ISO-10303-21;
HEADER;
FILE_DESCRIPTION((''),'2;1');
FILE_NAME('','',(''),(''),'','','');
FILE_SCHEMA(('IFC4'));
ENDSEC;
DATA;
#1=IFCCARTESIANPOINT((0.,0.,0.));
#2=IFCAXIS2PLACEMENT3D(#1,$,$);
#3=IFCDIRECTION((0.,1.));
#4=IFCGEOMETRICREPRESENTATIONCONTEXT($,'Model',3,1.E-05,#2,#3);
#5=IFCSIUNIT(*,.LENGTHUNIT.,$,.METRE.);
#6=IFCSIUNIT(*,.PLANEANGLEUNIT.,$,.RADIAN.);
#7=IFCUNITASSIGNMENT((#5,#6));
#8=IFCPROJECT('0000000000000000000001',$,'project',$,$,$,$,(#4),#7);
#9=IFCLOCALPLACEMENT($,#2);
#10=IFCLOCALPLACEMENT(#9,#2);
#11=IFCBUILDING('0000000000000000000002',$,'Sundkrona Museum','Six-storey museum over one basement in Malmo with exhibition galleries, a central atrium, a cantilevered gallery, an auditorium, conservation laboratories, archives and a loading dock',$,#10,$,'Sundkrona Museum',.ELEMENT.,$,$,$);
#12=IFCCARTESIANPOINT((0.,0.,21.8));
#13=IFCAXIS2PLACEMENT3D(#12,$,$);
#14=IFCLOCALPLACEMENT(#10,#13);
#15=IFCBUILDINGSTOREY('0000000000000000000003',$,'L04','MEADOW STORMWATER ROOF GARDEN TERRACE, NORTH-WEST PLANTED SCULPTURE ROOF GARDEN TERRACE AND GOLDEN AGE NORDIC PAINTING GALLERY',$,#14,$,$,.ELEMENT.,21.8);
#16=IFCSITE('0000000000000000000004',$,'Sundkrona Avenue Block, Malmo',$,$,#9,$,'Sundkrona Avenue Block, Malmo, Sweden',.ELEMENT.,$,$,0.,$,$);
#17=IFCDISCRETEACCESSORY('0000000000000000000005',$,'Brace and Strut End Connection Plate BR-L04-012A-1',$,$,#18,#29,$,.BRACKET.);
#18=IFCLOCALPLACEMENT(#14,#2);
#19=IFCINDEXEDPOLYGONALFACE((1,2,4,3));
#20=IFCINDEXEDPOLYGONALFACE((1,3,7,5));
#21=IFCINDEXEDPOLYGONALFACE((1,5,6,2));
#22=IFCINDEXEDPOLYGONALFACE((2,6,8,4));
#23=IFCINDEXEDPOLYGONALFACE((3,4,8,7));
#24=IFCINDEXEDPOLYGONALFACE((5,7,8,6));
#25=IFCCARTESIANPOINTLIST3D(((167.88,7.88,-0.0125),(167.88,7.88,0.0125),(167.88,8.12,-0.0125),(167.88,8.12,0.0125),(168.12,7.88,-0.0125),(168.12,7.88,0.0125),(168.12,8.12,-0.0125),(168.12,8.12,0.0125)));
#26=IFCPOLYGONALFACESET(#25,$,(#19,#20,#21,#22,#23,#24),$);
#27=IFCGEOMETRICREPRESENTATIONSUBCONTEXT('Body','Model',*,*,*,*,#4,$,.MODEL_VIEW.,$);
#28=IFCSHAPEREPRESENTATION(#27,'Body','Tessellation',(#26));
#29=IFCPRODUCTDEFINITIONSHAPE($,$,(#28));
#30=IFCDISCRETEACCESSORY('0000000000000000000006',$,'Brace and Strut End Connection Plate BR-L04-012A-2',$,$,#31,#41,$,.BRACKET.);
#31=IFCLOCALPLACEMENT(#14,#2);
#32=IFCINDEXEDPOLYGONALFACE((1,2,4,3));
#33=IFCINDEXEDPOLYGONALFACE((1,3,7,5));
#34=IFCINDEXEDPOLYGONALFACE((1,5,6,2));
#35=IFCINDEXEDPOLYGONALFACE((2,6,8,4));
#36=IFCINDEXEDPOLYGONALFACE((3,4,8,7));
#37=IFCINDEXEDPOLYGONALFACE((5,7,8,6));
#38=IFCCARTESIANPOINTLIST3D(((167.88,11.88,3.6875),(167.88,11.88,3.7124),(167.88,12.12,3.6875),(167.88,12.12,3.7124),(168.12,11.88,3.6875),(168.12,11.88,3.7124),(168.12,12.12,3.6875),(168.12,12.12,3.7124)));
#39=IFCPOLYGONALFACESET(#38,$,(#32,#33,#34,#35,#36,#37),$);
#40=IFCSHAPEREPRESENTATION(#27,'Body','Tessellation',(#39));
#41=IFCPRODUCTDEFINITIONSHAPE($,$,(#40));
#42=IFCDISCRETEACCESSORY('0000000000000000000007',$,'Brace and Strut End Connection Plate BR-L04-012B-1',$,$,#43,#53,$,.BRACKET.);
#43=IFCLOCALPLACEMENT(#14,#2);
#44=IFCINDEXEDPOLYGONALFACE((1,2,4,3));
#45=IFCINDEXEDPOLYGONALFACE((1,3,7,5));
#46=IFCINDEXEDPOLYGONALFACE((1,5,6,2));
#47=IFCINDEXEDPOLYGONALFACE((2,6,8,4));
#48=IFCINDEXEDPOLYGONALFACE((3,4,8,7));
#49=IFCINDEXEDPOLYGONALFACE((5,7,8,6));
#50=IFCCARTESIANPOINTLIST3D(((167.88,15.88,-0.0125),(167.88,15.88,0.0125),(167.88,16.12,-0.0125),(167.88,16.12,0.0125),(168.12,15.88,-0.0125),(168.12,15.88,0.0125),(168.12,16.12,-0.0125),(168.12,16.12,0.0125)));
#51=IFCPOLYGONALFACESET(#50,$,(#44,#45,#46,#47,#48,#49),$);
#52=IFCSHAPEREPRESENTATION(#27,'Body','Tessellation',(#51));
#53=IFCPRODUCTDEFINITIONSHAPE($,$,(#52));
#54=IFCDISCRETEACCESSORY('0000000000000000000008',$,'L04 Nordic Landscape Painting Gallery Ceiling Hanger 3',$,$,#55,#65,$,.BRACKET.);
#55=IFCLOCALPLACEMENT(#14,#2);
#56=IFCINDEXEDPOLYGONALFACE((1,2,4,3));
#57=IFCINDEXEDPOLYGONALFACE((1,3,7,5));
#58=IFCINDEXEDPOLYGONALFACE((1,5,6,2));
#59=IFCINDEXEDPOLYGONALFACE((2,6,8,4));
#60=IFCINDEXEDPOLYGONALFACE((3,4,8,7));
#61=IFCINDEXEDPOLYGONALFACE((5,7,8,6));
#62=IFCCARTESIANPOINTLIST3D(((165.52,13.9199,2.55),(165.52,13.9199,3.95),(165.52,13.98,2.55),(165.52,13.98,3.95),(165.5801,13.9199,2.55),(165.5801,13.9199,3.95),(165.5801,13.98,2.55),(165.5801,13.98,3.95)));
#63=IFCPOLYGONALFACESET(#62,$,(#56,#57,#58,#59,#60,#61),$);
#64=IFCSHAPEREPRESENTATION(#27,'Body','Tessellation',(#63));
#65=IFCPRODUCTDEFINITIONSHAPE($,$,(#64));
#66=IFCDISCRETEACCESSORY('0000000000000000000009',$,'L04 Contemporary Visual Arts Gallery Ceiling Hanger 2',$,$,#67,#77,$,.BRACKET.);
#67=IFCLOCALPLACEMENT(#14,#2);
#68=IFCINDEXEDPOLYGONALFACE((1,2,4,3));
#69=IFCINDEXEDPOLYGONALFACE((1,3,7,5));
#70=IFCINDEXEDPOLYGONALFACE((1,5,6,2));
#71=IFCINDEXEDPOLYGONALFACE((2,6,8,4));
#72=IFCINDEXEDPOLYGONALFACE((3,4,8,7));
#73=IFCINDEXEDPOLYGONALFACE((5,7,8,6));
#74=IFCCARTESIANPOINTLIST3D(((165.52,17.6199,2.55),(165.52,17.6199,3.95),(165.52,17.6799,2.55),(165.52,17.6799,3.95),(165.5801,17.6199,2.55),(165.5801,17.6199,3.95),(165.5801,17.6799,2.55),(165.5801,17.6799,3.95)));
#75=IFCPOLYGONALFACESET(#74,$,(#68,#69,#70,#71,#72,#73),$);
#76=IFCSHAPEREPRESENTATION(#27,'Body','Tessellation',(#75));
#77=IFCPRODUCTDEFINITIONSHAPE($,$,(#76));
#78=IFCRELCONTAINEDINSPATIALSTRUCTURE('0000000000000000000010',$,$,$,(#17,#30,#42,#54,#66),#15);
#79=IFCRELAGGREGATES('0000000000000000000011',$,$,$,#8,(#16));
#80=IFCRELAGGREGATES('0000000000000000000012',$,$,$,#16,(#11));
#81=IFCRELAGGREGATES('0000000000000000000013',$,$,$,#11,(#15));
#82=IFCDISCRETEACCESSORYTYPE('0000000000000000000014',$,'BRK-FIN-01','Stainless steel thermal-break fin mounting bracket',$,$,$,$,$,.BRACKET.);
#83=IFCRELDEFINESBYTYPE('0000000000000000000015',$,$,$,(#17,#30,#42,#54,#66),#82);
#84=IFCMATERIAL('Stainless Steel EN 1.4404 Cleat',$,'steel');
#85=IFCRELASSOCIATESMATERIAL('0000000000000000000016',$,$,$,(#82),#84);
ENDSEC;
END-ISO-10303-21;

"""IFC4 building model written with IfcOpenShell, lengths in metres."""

from ifc_helpers import new_model, si_unit, direction, frame, origin, origin_2d, place, context, subcontext, project, spatial, rectangle, extrude, material, type_object, element, save


model = new_model("IFC4")

# Units and contexts
model_context = context("Model", 3, precision=1e-05, world=origin(), true_north=direction((0.0, 1.0)))
body_context = subcontext(model_context, "Body", "Model", "MODEL_VIEW")
ifc_project = project(units=[si_unit("LENGTHUNIT", "METRE"), si_unit("PLANEANGLEUNIT", "RADIAN")], contexts=[model_context])

# Site, building, storey
site_placement = place(None, origin())
site = spatial("IfcSite", under=ifc_project, at=site_placement, Name="Sundkrona Avenue Block, Malmo", LongName="Sundkrona Avenue Block, Malmo, Sweden", CompositionType="ELEMENT", RefElevation=0.0)
building_placement = place(site_placement, origin())
building = spatial("IfcBuilding", under=site, at=building_placement, Name="Sundkrona Museum", Description="Six-storey museum over one basement in Malmo with exhibition galleries, a central atrium, a cantilevered gallery, an auditorium, conservation laboratories, archives and a loading dock", LongName="Sundkrona Museum", CompositionType="ELEMENT")
storey_placement = place(building_placement, frame((0.0, 0.0, 21.8)))
storey = spatial("IfcBuildingStorey", under=building, at=storey_placement, Name="L04", Description="MEADOW STORMWATER ROOF GARDEN TERRACE, NORTH-WEST PLANTED SCULPTURE ROOF GARDEN TERRACE AND GOLDEN AGE NORDIC PAINTING GALLERY", CompositionType="ELEMENT", Elevation=21.8)

# Discrete accessories
ifc_material_1 = material(Name="Stainless Steel EN 1.4404 Cleat", Category="steel")
discrete_accessory_type = type_object("IfcDiscreteAccessoryType", Name="BRK-FIN-01", Description="Stainless steel thermal-break fin mounting bracket", PredefinedType="BRACKET", material=ifc_material_1)
for number, where, z_axis, x_axis, name in (
    (1, (168.0, 8.0, -0.0125), (0.0, 0.0, 1.0), (1.0, 0.0, 0.0), "Brace and Strut End Connection Plate BR-L04-012A-1"),
    (2, (168.0, 12.0, 3.6875), (0.0, 0.0, 1.0), (1.0, 0.0, 0.0), "Brace and Strut End Connection Plate BR-L04-012A-2"),
    (3, (168.0, 16.0, -0.0125), (0.0, 0.0, 1.0), (1.0, 0.0, 0.0), "Brace and Strut End Connection Plate BR-L04-012B-1"),
):
    element("IfcDiscreteAccessory", number, at=place(storey_placement, frame(where, z_axis=z_axis, x_axis=x_axis)), inside=storey, type_object=discrete_accessory_type, Name=name, PredefinedType="BRACKET", context=body_context, shape_type="SweptSolid", body=[
        extrude(rectangle(XDim=0.24, YDim=0.24, at=origin_2d()), origin(), (0.0, 0.0, 1.0), 0.0249),
    ])
for number, where, z_axis, x_axis, name in (
    (4, (165.55, 13.95, 2.55), (0.0, 0.0, 1.0), (1.0, 0.0, 0.0), "L04 Nordic Landscape Painting Gallery Ceiling Hanger 3"),
    (5, (165.55, 17.6499, 2.55), (0.0, 0.0, 1.0), (1.0, 0.0, 0.0), "L04 Contemporary Visual Arts Gallery Ceiling Hanger 2"),
):
    element("IfcDiscreteAccessory", number, at=place(storey_placement, frame(where, z_axis=z_axis, x_axis=x_axis)), inside=storey, type_object=discrete_accessory_type, Name=name, PredefinedType="BRACKET", context=body_context, shape_type="SweptSolid", body=[
        extrude(rectangle(XDim=0.0601, YDim=0.0601, at=origin_2d()), origin(), (0.0, 0.0, 1.0), 1.3999),
    ])

save(model, "model.ifc")
